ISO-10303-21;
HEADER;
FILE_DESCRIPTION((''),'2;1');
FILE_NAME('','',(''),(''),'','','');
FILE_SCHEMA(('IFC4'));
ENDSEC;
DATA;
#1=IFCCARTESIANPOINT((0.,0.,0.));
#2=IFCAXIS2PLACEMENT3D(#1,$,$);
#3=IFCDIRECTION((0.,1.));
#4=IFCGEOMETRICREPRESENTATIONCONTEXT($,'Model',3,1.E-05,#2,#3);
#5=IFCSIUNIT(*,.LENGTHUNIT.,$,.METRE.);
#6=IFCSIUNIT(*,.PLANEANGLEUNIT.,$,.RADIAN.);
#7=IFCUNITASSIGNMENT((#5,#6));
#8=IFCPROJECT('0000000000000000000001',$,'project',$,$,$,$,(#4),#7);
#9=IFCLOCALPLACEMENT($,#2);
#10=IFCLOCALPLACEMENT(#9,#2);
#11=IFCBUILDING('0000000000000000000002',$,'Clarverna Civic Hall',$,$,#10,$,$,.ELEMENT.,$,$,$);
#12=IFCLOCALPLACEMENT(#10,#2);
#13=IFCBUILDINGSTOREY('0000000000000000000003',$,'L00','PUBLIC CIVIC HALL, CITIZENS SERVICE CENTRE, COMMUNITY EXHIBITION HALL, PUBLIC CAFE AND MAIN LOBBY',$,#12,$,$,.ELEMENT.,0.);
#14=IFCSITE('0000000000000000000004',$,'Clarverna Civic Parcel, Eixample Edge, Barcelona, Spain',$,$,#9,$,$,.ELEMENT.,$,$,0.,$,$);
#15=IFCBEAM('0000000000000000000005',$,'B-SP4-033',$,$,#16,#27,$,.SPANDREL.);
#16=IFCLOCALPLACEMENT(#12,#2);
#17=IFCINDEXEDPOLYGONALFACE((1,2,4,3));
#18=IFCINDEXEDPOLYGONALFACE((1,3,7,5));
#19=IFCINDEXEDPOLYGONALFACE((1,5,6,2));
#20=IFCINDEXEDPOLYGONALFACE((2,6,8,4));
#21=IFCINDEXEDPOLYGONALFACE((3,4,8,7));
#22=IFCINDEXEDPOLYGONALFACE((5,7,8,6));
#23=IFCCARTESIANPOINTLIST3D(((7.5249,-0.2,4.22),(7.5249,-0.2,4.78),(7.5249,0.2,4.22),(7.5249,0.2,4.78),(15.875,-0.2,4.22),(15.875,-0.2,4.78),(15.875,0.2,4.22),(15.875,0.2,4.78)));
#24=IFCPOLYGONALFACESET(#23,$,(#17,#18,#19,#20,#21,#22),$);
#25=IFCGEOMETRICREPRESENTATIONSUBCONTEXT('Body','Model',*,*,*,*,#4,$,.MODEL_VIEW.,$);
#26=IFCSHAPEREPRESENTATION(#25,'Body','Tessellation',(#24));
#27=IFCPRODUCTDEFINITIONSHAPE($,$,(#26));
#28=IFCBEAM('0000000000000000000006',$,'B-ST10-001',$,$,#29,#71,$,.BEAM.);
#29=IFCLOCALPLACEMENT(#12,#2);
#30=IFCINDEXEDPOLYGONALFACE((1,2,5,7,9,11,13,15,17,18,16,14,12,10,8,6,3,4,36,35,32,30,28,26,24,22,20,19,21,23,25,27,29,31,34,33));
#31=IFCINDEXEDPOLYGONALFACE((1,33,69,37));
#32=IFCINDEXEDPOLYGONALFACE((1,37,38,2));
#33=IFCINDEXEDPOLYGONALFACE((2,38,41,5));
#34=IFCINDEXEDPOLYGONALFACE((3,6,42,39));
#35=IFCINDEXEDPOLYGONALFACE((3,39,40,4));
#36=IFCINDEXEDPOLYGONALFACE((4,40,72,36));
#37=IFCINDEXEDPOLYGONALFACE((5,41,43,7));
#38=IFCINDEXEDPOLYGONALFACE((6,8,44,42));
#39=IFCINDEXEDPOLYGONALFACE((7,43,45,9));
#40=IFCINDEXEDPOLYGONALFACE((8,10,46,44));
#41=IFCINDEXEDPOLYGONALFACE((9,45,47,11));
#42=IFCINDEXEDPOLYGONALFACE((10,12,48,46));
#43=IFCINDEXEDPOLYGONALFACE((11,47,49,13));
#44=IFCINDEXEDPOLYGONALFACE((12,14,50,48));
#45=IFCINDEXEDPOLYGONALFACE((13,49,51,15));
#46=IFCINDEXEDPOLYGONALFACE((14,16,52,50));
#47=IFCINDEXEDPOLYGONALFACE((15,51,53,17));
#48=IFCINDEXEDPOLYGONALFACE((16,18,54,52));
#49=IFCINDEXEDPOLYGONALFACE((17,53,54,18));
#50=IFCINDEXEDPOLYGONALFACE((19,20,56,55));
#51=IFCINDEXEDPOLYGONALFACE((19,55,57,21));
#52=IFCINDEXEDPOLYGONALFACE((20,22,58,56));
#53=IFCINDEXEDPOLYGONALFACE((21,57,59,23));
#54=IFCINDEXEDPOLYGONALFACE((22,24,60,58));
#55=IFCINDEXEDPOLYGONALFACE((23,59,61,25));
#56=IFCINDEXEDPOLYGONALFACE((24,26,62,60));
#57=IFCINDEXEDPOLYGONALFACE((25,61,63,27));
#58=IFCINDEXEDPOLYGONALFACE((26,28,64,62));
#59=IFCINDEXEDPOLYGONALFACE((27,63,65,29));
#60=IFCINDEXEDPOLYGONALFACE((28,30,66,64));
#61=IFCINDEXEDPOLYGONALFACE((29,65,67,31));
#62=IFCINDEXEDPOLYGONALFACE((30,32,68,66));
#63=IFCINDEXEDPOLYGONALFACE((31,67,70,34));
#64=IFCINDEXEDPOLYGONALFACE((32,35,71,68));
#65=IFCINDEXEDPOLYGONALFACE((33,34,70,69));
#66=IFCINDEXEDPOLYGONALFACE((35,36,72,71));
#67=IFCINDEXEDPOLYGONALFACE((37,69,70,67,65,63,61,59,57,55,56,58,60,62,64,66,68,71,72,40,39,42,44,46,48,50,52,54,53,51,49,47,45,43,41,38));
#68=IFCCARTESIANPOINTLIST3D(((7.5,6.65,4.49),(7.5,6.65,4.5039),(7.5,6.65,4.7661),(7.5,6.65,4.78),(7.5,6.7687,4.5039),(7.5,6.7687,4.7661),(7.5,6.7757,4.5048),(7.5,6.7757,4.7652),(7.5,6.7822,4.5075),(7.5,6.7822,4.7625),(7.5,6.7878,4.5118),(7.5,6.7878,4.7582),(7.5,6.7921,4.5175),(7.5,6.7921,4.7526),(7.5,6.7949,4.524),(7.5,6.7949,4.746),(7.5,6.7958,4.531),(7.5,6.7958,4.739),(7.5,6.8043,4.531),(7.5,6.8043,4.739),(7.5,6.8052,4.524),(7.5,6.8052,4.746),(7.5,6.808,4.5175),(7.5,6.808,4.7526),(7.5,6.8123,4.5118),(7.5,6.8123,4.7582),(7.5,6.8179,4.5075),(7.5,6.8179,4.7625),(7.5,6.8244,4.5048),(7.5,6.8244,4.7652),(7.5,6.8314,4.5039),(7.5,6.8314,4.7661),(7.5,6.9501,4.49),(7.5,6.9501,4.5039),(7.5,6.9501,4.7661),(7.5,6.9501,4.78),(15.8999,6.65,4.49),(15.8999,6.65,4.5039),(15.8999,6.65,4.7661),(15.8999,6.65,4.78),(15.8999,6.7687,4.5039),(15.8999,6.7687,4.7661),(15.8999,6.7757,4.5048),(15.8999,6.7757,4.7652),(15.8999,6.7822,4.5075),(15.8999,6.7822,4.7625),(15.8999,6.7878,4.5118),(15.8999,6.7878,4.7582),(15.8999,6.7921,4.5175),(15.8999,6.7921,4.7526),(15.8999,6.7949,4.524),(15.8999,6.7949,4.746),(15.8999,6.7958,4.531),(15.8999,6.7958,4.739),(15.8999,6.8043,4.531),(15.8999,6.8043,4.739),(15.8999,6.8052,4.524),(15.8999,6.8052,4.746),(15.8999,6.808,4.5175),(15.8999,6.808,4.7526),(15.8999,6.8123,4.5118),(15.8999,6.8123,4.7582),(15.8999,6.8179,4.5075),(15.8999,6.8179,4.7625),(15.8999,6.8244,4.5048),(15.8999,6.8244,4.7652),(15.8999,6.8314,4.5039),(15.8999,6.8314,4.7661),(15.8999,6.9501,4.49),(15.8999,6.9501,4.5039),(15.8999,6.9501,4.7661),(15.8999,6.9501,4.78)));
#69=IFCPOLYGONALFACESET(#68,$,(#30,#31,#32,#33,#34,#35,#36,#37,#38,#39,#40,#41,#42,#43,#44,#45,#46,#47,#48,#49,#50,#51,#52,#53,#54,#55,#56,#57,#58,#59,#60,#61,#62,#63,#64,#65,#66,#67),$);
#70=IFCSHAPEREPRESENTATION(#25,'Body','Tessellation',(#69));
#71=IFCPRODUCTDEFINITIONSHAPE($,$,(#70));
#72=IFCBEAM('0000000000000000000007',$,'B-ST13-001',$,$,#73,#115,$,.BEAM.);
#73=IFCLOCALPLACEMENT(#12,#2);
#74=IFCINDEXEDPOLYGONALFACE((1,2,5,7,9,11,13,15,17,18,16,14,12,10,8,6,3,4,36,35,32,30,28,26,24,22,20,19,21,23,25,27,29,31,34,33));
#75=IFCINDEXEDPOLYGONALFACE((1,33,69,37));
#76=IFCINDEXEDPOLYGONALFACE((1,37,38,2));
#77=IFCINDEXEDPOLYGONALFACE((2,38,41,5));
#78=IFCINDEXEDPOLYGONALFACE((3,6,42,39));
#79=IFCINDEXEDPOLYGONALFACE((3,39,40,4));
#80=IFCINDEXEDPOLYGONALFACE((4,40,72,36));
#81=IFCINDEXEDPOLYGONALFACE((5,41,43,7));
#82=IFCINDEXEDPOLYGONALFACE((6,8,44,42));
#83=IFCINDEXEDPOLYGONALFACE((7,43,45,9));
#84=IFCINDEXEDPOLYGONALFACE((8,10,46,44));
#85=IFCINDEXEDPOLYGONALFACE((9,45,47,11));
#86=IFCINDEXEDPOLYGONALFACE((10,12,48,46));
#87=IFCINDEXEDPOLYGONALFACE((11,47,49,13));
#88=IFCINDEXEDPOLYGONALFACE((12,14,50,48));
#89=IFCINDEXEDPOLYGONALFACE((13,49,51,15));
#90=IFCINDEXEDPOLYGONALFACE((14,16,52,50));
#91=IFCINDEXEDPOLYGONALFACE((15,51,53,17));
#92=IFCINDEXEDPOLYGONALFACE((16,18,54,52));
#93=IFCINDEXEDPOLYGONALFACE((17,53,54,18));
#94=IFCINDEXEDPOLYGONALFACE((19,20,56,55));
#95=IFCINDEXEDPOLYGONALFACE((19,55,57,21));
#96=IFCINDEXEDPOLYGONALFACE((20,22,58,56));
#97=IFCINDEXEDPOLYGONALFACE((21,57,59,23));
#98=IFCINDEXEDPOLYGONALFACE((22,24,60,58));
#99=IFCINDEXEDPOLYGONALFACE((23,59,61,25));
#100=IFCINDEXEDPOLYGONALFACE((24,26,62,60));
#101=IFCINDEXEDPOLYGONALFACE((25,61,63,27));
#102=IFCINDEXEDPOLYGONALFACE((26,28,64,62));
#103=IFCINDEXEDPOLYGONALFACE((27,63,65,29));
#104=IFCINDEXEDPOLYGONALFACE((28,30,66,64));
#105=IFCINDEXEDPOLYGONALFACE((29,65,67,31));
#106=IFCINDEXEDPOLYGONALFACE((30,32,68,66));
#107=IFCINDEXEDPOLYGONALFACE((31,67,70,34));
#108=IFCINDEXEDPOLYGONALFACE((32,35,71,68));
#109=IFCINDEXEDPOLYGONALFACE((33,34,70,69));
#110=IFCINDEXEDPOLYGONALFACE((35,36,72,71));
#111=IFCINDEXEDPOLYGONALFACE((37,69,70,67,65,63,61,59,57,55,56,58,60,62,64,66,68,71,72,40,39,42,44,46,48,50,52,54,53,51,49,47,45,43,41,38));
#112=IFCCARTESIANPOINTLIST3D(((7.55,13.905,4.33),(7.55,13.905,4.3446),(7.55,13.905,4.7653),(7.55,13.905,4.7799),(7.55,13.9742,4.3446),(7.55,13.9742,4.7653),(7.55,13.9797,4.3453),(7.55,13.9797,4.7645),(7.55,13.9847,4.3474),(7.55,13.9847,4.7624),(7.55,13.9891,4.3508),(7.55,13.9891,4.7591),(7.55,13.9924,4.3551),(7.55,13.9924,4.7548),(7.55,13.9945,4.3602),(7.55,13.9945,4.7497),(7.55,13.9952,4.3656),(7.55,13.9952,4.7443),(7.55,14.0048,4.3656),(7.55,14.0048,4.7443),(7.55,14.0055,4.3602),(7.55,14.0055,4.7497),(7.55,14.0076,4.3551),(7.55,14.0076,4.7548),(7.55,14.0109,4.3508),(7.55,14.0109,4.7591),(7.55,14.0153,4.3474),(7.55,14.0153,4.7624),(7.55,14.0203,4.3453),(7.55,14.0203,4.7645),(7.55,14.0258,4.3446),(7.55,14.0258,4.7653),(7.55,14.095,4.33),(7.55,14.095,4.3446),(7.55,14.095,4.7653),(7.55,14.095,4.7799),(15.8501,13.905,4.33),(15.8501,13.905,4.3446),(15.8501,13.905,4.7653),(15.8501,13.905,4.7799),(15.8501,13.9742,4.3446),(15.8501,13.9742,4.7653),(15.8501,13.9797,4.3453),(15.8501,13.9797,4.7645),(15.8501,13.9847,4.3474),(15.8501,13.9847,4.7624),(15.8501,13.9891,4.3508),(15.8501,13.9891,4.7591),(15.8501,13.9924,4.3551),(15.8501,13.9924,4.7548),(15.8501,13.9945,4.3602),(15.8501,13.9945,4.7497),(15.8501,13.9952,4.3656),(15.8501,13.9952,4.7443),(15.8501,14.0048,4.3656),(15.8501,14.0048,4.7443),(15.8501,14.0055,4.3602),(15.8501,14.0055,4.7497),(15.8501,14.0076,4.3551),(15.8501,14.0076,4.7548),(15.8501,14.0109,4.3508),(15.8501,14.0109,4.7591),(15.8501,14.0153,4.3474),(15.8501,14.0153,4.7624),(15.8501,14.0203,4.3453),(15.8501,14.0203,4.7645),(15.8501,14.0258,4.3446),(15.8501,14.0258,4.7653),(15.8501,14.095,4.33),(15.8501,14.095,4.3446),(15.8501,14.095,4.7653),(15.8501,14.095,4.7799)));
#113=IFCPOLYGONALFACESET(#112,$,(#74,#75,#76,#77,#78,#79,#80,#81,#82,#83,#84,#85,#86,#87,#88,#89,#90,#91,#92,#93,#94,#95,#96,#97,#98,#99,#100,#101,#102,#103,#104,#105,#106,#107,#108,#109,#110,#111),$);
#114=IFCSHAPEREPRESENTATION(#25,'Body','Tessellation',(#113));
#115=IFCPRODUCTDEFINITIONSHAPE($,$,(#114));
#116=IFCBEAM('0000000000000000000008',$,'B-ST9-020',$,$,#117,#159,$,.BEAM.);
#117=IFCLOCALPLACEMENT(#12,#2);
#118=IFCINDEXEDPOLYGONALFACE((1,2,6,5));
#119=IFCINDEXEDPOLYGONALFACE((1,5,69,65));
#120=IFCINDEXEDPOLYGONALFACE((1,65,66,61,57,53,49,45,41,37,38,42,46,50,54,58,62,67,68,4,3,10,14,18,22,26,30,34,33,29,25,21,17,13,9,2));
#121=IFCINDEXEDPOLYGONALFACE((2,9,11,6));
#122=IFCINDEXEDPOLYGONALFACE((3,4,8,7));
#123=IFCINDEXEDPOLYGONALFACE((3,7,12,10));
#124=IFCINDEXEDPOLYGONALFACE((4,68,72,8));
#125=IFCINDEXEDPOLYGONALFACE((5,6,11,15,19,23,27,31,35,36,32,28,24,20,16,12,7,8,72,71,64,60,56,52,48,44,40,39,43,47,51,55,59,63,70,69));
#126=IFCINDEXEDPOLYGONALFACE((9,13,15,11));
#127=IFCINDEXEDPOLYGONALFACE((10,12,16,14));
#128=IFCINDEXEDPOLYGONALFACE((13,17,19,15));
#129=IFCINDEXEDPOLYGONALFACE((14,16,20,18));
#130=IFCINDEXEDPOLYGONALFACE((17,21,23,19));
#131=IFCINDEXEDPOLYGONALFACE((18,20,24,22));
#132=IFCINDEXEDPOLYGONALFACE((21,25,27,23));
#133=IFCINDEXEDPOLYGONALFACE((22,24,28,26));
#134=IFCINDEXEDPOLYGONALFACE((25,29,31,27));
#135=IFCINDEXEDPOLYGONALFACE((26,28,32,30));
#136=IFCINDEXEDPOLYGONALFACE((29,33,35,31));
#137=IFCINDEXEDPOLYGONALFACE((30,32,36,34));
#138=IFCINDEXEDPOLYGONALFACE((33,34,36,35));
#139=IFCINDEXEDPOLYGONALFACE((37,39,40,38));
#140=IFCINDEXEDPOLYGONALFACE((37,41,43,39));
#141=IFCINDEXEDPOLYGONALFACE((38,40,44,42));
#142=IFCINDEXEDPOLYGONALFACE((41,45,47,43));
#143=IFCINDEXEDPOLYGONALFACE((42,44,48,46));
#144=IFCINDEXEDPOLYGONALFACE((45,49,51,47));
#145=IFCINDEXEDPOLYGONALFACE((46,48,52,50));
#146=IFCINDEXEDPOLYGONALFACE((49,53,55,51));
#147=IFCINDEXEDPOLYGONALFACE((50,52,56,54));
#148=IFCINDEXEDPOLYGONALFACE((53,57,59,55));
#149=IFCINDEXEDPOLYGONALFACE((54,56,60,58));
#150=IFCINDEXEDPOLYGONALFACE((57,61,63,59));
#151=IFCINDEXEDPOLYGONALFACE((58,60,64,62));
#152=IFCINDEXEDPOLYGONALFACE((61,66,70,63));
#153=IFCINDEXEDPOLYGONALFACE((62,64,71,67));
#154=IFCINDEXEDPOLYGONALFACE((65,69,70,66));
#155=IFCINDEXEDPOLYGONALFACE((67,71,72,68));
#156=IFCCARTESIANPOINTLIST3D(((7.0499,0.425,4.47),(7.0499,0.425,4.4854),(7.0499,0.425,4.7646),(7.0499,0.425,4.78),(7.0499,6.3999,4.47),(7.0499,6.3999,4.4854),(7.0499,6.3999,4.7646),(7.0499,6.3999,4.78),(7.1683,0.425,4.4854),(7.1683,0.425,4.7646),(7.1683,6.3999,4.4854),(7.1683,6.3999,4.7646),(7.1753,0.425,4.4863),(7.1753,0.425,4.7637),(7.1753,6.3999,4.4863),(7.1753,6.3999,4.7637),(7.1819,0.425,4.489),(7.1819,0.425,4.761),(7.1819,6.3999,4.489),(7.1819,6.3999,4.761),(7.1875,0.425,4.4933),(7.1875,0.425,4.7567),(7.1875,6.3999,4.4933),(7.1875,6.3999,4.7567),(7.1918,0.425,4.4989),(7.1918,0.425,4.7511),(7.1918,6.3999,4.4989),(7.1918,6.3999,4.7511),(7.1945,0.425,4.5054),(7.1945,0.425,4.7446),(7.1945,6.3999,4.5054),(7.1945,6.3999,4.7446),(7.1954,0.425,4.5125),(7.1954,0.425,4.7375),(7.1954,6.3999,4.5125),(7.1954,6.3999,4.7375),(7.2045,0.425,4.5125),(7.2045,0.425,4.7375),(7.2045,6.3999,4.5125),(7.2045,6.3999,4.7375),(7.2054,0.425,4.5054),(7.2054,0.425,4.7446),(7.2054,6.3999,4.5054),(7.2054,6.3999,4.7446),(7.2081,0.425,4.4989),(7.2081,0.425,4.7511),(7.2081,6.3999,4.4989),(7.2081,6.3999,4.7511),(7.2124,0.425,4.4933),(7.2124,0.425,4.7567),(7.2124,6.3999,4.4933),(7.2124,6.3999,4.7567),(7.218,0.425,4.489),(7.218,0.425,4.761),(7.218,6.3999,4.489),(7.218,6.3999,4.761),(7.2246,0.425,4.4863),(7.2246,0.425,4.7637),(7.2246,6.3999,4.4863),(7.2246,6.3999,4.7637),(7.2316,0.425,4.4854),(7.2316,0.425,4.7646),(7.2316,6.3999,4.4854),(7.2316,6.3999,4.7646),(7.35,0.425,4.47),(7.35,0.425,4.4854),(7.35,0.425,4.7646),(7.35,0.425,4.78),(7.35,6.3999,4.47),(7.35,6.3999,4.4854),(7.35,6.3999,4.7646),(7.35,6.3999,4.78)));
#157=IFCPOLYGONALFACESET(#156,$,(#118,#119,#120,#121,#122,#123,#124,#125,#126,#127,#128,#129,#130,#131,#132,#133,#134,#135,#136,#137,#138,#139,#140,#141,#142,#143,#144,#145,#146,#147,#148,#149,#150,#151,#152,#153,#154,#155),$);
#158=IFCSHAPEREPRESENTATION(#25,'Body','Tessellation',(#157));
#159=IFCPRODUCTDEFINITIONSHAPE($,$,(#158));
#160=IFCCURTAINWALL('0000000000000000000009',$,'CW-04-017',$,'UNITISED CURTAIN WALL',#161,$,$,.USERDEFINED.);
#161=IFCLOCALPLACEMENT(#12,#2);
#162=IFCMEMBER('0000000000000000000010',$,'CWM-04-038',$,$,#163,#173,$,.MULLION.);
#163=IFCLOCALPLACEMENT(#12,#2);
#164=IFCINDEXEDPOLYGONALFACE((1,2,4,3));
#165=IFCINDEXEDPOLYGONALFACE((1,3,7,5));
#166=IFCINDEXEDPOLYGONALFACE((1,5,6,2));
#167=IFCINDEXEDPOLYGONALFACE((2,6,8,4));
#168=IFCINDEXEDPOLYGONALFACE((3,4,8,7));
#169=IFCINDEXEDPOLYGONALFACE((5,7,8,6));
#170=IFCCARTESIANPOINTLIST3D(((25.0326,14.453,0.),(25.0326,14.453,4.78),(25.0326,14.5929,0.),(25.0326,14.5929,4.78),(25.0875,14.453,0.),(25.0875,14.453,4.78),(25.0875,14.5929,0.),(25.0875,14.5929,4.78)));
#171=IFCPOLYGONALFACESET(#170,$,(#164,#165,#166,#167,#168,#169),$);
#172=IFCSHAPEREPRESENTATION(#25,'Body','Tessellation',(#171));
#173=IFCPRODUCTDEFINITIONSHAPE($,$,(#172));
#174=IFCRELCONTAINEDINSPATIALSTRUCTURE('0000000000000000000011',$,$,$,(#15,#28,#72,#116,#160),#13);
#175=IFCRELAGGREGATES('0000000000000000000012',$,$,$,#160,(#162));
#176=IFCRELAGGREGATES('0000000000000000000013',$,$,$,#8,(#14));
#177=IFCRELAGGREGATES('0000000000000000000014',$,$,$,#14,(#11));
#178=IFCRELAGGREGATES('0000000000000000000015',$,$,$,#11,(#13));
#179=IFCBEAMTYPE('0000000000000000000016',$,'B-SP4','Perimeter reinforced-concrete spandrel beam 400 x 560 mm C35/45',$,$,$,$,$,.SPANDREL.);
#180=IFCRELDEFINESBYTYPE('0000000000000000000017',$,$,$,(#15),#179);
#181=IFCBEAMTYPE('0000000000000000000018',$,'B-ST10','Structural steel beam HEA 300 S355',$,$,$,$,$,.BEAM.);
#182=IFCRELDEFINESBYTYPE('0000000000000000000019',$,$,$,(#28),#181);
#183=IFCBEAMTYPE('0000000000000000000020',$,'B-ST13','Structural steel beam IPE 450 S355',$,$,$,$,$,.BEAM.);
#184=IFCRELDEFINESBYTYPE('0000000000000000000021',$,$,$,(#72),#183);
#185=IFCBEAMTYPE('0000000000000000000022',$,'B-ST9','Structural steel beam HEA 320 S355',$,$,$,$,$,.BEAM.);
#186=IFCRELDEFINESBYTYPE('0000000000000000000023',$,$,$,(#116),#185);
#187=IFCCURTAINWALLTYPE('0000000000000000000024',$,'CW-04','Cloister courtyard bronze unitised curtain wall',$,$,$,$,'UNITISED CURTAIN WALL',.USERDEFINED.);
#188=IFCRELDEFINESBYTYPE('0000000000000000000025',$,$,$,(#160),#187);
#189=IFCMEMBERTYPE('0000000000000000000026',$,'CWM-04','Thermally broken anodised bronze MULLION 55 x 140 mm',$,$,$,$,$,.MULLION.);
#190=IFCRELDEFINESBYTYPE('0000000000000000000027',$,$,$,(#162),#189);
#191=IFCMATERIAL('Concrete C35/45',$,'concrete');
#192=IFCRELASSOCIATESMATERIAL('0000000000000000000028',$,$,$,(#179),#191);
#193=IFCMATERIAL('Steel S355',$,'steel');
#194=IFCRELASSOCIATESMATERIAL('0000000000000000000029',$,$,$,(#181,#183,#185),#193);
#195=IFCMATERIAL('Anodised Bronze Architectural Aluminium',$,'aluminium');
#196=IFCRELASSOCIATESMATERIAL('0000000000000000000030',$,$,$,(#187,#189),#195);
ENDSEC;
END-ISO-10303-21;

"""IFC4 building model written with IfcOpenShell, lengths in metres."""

from ifc_helpers import new_model, si_unit, direction, frame, origin, origin_2d, place, context, subcontext, project, spatial, rectangle, i_section, extrude, material, material_profile, profile_set, type_object, element, aggregate, save


model = new_model("IFC4")

# Units and contexts
model_context = context("Model", 3, precision=1e-05, world=origin(), true_north=direction((0.0, 1.0)))
body_context = subcontext(model_context, "Body", "Model", "MODEL_VIEW")
ifc_project = project(units=[si_unit("LENGTHUNIT", "METRE"), si_unit("PLANEANGLEUNIT", "RADIAN")], contexts=[model_context])

# Site, building, storey
site_placement = place(None, origin())
site = spatial("IfcSite", under=ifc_project, at=site_placement, Name="Clarverna Civic Parcel, Eixample Edge, Barcelona, Spain", CompositionType="ELEMENT", RefElevation=0.0)
building_placement = place(site_placement, origin())
building = spatial("IfcBuilding", under=site, at=building_placement, Name="Clarverna Civic Hall", CompositionType="ELEMENT")
storey_placement = place(building_placement, origin())
storey = spatial("IfcBuildingStorey", under=building, at=storey_placement, Name="L00", Description="PUBLIC CIVIC HALL, CITIZENS SERVICE CENTRE, COMMUNITY EXHIBITION HALL, PUBLIC CAFE AND MAIN LOBBY", CompositionType="ELEMENT", Elevation=0.0)

# Shared definitions
ifc_material_1 = material(Name="Concrete C35/45", Category="concrete")

# Beams
ifc_material_profile_1 = material_profile(ifc_material_1, rectangle(XDim=0.3999, YDim=0.5601, at=origin_2d()), Name="RC 400x560")
ifc_profile_set_1 = profile_set([ifc_material_profile_1], Name="Concrete C35/45")
beam_type_1 = type_object("IfcBeamType", Name="B-SP4", Description="Perimeter reinforced-concrete spandrel beam 400 x 560 mm C35/45", PredefinedType="SPANDREL", material=ifc_profile_set_1)
beam_1_placement = place(storey_placement, frame((7.5249, 0.0, 4.5), z_axis=(1.0, 0.0, 0.0), x_axis=(0.0, 1.0, 0.0)))
element("IfcBeam", 1, at=beam_1_placement, inside=storey, type_object=beam_type_1, Name="B-SP4-033", PredefinedType="SPANDREL", context=body_context, shape_type="SweptSolid", body=[
    extrude(rectangle(XDim=0.3999, YDim=0.5601, at=origin_2d()), origin(), (0.0, 0.0, 1.0), 8.3501),
])
ifc_material_2 = material(Name="Steel S355", Category="steel")
ifc_material_profile_2 = material_profile(ifc_material_2, i_section(OverallWidth=0.3, OverallDepth=0.29, WebThickness=0.0085, FlangeThickness=0.0139, FilletRadius=0.0271, at=origin_2d()), Name="HEA 300")
ifc_profile_set_2 = profile_set([ifc_material_profile_2], Name="Steel S355")
beam_type_2 = type_object("IfcBeamType", Name="B-ST10", Description="Structural steel beam HEA 300 S355", PredefinedType="BEAM", material=ifc_profile_set_2)
beam_2_placement = place(storey_placement, frame((7.5, 6.8, 4.635), z_axis=(1.0, 0.0, 0.0), x_axis=(0.0, 1.0, 0.0)))
element("IfcBeam", 2, at=beam_2_placement, inside=storey, type_object=beam_type_2, Name="B-ST10-001", PredefinedType="BEAM", context=body_context, shape_type="SweptSolid", body=[
    extrude(i_section(OverallWidth=0.3, OverallDepth=0.29, WebThickness=0.0085, FlangeThickness=0.0139, FilletRadius=0.0271, at=origin_2d()), origin(), (0.0, 0.0, 1.0), 8.3999),
])
ifc_material_profile_3 = material_profile(ifc_material_2, i_section(OverallWidth=0.1899, OverallDepth=0.45, WebThickness=0.0095, FlangeThickness=0.0146, FilletRadius=0.021, at=origin_2d()), Name="IPE 450")
ifc_profile_set_3 = profile_set([ifc_material_profile_3], Name="Steel S355")
beam_type_3 = type_object("IfcBeamType", Name="B-ST13", Description="Structural steel beam IPE 450 S355", PredefinedType="BEAM", material=ifc_profile_set_3)
beam_3_placement = place(storey_placement, frame((7.55, 14.0, 4.5549), z_axis=(1.0, 0.0, 0.0), x_axis=(0.0, 1.0, 0.0)))
element("IfcBeam", 3, at=beam_3_placement, inside=storey, type_object=beam_type_3, Name="B-ST13-001", PredefinedType="BEAM", context=body_context, shape_type="SweptSolid", body=[
    extrude(i_section(OverallWidth=0.1899, OverallDepth=0.45, WebThickness=0.0095, FlangeThickness=0.0146, FilletRadius=0.021, at=origin_2d()), origin(), (0.0, 0.0, 1.0), 8.3),
])
ifc_material_profile_4 = material_profile(ifc_material_2, i_section(OverallWidth=0.3, OverallDepth=0.3101, WebThickness=0.009, FlangeThickness=0.0154, FilletRadius=0.0271, at=origin_2d()), Name="HEA 320")
ifc_profile_set_4 = profile_set([ifc_material_profile_4], Name="Steel S355")
beam_type_4 = type_object("IfcBeamType", Name="B-ST9", Description="Structural steel beam HEA 320 S355", PredefinedType="BEAM", material=ifc_profile_set_4)
beam_4_placement = place(storey_placement, frame((7.2, 0.425, 4.625), z_axis=(0.0, 1.0, 0.0), x_axis=(-1.0, 0.0, 0.0)))
element("IfcBeam", 4, at=beam_4_placement, inside=storey, type_object=beam_type_4, Name="B-ST9-020", PredefinedType="BEAM", context=body_context, shape_type="SweptSolid", body=[
    extrude(i_section(OverallWidth=0.3, OverallDepth=0.3101, WebThickness=0.009, FlangeThickness=0.0154, FilletRadius=0.0271, at=origin_2d()), origin(), (0.0, 0.0, 1.0), 5.9749),
])

# Curtain wall, member
ifc_material_3 = material(Name="Anodised Bronze Architectural Aluminium", Category="aluminium")
curtain_wall_type = type_object("IfcCurtainWallType", Name="CW-04", Description="Cloister courtyard bronze unitised curtain wall", ElementType="UNITISED CURTAIN WALL", PredefinedType="USERDEFINED", material=ifc_material_3)
curtain_wall_placement = place(storey_placement, origin())
curtain_wall = element("IfcCurtainWall", 5, at=curtain_wall_placement, inside=storey, type_object=curtain_wall_type, Name="CW-04-017", ObjectType="UNITISED CURTAIN WALL", PredefinedType="USERDEFINED")
ifc_material_profile_5 = material_profile(ifc_material_3, rectangle(XDim=0.0549, YDim=0.1399, at=origin_2d()), Name="BRONZE 55x140")
ifc_profile_set_5 = profile_set([ifc_material_profile_5], Name="Anodised Bronze Architectural Aluminium")
member_type = type_object("IfcMemberType", Name="CWM-04", Description="Thermally broken anodised bronze MULLION 55 x 140 mm", PredefinedType="MULLION", material=ifc_profile_set_5)
member_placement = place(storey_placement, frame((25.0601, 14.5229, 0.0), z_axis=(0.0, 0.0, 1.0), x_axis=(1.0, 0.0, 0.0)))
member = element("IfcMember", 6, at=member_placement, type_object=member_type, Name="CWM-04-038", PredefinedType="MULLION", context=body_context, shape_type="SweptSolid", body=[
    extrude(rectangle(XDim=0.0549, YDim=0.1399, at=origin_2d()), origin(), (0.0, 0.0, 1.0), 4.78),
])
aggregate(curtain_wall, [member])

save(model, "model.ifc")
